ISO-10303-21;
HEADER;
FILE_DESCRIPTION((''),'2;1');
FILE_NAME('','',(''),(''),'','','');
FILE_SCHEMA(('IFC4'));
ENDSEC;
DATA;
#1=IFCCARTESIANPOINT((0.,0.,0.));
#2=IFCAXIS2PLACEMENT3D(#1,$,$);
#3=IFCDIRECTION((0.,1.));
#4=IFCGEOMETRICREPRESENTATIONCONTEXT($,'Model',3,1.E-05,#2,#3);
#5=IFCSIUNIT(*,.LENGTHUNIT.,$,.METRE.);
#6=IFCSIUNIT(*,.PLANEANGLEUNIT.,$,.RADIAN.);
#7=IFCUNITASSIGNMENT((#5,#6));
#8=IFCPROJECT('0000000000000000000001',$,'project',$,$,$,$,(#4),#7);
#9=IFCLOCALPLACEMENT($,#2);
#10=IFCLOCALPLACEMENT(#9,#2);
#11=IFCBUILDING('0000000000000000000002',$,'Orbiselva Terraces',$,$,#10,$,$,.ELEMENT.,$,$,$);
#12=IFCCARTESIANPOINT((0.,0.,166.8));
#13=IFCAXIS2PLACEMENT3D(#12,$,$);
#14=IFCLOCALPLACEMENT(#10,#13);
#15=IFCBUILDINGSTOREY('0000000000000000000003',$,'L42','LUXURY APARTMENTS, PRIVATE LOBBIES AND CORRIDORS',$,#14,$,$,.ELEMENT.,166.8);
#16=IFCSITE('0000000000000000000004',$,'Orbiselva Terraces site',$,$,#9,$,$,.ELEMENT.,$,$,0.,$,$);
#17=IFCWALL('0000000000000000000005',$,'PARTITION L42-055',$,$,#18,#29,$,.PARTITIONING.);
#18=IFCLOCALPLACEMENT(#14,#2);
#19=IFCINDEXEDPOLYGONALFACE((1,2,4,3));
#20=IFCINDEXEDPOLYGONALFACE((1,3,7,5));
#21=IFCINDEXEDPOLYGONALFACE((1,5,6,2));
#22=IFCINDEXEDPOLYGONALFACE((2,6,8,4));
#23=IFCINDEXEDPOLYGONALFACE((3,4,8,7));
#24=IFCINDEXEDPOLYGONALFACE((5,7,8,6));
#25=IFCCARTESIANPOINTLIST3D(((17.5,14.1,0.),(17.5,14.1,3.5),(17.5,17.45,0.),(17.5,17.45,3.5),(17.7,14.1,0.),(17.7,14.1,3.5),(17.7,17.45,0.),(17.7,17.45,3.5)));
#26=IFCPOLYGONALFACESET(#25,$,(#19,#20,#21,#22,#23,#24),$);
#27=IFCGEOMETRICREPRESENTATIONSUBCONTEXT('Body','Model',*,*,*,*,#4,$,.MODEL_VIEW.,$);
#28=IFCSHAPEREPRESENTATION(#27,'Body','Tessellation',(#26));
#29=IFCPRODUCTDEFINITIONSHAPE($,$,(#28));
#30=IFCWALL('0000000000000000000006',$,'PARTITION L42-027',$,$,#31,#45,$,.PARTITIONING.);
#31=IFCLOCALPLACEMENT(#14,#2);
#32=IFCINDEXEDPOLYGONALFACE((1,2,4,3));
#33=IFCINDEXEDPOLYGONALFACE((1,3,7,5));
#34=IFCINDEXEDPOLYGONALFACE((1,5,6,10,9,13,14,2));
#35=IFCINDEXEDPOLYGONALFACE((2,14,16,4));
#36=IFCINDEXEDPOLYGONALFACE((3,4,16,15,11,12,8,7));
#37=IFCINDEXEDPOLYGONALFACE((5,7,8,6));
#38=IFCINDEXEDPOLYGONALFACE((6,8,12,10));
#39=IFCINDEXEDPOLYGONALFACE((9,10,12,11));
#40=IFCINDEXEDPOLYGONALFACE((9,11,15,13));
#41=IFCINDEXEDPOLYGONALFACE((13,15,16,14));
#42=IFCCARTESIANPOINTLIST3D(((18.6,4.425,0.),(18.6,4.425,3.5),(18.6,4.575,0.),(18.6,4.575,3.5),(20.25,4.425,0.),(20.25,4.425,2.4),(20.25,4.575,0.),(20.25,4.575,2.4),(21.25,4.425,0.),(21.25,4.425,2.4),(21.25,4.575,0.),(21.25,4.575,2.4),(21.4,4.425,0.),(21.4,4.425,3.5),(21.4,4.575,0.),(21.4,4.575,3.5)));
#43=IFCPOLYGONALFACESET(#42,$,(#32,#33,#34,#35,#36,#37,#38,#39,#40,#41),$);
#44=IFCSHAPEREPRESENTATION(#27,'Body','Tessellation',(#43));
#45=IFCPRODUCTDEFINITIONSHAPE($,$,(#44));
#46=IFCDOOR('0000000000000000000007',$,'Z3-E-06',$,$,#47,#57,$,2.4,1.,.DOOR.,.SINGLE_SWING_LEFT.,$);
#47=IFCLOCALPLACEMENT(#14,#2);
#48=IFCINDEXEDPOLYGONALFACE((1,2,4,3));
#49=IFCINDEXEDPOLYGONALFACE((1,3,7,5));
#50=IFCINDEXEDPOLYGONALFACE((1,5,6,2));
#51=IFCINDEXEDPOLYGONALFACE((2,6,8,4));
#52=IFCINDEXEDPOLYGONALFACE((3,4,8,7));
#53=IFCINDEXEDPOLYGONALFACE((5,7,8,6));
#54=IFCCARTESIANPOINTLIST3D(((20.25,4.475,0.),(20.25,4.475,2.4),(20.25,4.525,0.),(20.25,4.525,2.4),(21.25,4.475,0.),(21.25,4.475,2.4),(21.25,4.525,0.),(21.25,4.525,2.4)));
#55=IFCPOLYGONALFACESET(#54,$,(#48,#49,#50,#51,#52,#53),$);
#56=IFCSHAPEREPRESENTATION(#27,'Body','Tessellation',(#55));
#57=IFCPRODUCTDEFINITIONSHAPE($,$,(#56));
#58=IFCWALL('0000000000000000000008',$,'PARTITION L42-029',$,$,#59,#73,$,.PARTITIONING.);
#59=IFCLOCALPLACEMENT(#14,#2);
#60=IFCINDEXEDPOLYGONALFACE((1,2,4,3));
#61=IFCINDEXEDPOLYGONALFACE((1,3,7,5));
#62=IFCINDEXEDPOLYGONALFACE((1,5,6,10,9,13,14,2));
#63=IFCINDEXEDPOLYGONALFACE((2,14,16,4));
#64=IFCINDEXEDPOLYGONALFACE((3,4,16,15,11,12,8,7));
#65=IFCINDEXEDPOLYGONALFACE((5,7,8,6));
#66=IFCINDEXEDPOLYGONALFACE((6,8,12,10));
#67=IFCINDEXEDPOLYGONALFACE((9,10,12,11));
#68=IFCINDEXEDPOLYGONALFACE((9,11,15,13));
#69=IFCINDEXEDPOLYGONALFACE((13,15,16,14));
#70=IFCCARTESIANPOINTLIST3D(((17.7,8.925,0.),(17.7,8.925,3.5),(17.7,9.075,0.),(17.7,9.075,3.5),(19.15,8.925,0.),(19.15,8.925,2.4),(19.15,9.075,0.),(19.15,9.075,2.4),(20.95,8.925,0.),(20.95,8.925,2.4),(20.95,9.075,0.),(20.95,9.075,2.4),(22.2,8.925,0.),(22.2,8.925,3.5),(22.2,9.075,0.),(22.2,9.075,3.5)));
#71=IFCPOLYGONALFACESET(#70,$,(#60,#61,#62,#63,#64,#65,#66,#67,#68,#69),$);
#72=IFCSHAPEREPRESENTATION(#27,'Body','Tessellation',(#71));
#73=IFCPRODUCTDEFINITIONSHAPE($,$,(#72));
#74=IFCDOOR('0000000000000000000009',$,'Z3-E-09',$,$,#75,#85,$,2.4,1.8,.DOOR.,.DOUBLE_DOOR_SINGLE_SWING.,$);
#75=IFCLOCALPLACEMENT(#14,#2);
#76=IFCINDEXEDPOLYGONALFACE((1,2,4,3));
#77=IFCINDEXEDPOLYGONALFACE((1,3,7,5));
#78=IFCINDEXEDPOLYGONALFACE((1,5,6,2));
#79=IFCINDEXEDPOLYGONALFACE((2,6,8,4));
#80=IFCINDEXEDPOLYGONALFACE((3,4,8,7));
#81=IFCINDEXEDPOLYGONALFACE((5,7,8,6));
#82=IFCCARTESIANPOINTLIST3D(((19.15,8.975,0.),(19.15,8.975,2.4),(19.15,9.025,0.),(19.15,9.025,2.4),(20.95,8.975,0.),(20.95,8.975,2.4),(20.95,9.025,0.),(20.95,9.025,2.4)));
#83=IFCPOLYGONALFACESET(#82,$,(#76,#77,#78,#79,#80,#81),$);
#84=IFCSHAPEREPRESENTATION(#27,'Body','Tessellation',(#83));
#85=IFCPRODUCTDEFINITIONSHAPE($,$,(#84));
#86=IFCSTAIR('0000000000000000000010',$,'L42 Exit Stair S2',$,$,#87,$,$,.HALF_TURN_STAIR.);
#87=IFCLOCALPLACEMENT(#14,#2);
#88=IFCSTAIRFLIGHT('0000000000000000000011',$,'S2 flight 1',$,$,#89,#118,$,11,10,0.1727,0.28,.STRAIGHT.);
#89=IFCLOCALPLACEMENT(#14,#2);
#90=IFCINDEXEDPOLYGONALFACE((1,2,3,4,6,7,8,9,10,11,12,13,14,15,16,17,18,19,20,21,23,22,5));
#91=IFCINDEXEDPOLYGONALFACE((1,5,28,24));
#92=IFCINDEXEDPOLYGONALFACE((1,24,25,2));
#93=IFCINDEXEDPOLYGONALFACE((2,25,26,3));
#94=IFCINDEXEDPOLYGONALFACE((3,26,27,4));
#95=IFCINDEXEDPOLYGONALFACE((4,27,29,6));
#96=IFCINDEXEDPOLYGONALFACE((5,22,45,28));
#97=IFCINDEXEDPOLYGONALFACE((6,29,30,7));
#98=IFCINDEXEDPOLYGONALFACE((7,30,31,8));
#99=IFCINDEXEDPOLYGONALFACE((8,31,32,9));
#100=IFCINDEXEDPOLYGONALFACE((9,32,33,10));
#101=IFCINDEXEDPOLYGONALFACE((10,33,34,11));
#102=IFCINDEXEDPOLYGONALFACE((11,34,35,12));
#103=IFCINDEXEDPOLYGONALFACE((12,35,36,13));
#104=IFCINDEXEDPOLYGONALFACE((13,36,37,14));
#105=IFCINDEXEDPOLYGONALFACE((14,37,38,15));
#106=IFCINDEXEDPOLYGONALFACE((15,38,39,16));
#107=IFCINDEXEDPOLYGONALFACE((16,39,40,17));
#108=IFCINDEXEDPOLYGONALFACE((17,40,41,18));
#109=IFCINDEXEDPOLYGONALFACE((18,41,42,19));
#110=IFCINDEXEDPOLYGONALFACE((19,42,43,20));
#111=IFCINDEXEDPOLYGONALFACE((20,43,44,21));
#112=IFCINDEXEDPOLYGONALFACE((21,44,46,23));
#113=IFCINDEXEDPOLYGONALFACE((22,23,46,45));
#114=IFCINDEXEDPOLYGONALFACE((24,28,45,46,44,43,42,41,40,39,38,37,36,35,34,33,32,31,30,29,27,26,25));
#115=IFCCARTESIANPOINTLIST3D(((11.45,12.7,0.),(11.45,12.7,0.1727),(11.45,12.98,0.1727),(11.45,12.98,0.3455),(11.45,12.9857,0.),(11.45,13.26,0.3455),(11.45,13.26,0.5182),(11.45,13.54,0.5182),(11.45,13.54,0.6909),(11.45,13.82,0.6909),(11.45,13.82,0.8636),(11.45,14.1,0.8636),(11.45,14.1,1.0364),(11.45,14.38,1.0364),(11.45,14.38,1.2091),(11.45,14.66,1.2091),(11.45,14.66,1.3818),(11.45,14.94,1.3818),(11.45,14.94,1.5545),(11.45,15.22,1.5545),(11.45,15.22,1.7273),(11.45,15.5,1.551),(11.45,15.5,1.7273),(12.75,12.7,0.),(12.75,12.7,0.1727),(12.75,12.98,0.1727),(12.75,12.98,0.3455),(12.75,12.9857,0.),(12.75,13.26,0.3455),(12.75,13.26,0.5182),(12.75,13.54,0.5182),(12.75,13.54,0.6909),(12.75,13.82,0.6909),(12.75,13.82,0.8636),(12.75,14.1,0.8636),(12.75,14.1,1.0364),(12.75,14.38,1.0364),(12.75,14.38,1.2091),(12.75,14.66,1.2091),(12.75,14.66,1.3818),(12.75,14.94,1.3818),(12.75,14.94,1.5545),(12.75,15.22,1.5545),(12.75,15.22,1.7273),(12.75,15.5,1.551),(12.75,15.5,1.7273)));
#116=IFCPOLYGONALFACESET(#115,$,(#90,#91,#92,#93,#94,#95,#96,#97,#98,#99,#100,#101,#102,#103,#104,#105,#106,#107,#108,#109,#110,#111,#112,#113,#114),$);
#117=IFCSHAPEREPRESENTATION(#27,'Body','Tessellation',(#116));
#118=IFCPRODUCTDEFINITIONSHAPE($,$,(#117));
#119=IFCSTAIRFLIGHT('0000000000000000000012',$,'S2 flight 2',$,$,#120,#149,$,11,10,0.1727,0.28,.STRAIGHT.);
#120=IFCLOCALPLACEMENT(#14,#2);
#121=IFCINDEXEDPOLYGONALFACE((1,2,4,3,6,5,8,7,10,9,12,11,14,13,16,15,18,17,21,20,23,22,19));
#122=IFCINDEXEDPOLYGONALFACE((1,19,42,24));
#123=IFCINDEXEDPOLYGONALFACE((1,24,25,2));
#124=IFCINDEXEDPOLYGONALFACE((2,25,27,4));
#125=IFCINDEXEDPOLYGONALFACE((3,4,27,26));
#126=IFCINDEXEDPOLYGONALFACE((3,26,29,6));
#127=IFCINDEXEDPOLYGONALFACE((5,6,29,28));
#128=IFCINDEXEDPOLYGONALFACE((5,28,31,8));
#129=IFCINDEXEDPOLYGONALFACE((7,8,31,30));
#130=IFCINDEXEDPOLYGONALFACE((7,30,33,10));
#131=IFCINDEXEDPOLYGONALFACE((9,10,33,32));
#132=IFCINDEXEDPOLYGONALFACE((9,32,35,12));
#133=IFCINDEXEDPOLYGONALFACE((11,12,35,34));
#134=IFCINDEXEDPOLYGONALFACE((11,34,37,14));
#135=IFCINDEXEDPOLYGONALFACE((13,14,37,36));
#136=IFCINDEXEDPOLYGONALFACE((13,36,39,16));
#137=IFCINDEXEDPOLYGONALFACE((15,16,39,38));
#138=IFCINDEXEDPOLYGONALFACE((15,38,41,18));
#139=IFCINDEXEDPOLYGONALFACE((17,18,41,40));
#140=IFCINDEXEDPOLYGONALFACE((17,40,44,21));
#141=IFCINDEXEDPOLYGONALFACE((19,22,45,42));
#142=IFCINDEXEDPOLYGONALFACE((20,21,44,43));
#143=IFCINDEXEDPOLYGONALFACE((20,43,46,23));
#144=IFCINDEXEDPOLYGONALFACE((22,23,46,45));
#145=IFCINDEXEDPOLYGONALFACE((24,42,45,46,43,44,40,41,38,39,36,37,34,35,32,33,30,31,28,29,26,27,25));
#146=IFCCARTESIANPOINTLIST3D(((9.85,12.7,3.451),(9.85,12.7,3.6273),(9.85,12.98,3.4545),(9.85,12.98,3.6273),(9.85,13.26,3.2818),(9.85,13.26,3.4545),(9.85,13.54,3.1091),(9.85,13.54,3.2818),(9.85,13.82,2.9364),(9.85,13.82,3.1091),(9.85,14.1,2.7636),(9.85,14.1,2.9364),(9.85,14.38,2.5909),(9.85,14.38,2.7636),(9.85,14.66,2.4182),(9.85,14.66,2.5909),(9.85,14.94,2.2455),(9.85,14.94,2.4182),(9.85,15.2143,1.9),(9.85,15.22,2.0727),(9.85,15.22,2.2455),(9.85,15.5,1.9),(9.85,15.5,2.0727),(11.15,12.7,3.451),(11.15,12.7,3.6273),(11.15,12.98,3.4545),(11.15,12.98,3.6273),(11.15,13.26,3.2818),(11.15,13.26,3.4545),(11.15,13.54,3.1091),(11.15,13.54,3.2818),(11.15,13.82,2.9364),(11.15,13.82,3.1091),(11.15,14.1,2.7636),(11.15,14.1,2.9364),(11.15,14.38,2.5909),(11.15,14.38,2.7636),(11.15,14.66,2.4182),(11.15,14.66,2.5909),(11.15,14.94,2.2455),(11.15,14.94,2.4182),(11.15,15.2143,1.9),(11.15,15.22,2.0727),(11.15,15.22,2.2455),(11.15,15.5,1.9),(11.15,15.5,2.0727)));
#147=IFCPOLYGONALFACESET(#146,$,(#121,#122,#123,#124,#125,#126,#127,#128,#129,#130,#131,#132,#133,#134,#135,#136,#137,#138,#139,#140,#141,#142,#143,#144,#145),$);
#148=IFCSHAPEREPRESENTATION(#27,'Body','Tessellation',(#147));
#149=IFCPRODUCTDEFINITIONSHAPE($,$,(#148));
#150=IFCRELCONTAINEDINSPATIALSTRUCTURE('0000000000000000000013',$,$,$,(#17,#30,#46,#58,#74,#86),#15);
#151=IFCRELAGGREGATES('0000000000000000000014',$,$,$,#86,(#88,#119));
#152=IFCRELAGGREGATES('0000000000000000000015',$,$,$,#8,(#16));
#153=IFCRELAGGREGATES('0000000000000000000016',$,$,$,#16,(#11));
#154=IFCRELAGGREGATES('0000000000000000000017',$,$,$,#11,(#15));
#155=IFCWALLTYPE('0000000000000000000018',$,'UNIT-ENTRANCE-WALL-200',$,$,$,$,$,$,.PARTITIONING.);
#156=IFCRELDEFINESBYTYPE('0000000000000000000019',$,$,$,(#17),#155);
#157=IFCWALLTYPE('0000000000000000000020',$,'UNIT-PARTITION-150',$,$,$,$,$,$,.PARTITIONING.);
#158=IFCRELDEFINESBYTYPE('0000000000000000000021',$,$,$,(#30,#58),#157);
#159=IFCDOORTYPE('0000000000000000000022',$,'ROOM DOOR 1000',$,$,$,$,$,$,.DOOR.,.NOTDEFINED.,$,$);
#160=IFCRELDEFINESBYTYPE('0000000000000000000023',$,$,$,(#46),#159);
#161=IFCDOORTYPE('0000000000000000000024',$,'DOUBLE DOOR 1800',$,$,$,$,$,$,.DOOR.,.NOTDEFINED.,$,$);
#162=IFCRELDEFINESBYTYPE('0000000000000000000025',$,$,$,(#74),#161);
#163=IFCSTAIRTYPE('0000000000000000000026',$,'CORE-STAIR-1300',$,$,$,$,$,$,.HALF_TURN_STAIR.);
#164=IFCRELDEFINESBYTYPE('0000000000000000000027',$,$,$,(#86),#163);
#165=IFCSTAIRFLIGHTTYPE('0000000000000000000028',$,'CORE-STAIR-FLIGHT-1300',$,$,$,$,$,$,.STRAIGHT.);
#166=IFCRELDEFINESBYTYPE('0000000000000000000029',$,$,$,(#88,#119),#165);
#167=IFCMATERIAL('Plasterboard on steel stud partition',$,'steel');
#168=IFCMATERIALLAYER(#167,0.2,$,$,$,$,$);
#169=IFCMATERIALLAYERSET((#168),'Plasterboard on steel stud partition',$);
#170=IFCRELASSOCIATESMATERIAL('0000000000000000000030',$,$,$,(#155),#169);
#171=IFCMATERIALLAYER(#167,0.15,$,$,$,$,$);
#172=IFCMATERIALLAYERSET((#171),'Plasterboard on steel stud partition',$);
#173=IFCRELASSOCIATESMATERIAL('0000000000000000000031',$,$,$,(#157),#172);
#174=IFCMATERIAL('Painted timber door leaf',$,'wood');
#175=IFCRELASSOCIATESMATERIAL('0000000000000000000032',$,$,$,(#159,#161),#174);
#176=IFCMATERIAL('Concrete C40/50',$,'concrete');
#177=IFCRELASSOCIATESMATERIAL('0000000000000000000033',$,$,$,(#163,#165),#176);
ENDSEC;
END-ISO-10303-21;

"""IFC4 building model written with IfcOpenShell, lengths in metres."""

from ifc_helpers import new_model, si_unit, direction, frame, frame_2d, origin, place, context, subcontext, project, spatial, polyline, rectangle, outline, extrude, material, layer, layer_set, type_object, element, fill, aggregate, save


model = new_model("IFC4")

# Units and contexts
model_context = context("Model", 3, precision=1e-05, world=origin(), true_north=direction((0.0, 1.0)))
body_context = subcontext(model_context, "Body", "Model", "MODEL_VIEW")
ifc_project = project(units=[si_unit("LENGTHUNIT", "METRE"), si_unit("PLANEANGLEUNIT", "RADIAN")], contexts=[model_context])

# Site, building, storey
site_placement = place(None, origin())
site = spatial("IfcSite", under=ifc_project, at=site_placement, Name="Orbiselva Terraces site", CompositionType="ELEMENT", RefElevation=0.0)
building_placement = place(site_placement, origin())
building = spatial("IfcBuilding", under=site, at=building_placement, Name="Orbiselva Terraces", CompositionType="ELEMENT")
storey_placement = place(building_placement, frame((0.0, 0.0, 166.8)))
storey = spatial("IfcBuildingStorey", under=building, at=storey_placement, Name="L42", Description="LUXURY APARTMENTS, PRIVATE LOBBIES AND CORRIDORS", CompositionType="ELEMENT", Elevation=166.8)

# Shared definitions
ifc_material_1 = material(Name="Plasterboard on steel stud partition", Category="steel")
ifc_layer_1 = layer(ifc_material_1, 0.2)
ifc_layer_set_1 = layer_set([ifc_layer_1], Name="Plasterboard on steel stud partition")
wall_type_1 = type_object("IfcWallType", Name="UNIT-ENTRANCE-WALL-200", PredefinedType="PARTITIONING", material=ifc_layer_set_1)
ifc_material_2 = material(Name="Painted timber door leaf", Category="wood")

# Wall
wall_1_placement = place(storey_placement, frame((17.6, 14.1, 0.0), z_axis=(0.0, 0.0, 1.0), x_axis=(0.0, 1.0, 0.0)))
element("IfcWall", 1, at=wall_1_placement, inside=storey, type_object=wall_type_1, Name="PARTITION L42-055", PredefinedType="PARTITIONING", context=body_context, shape_type="SweptSolid", body=[
    extrude(rectangle(XDim=3.35, YDim=0.2, at=frame_2d((1.675, 0.0))), origin(), (0.0, 0.0, 1.0), 3.5),
])

# Walls, openings, doors
ifc_layer_2 = layer(ifc_material_1, 0.15)
ifc_layer_set_2 = layer_set([ifc_layer_2], Name="Plasterboard on steel stud partition")
wall_type_2 = type_object("IfcWallType", Name="UNIT-PARTITION-150", PredefinedType="PARTITIONING", material=ifc_layer_set_2)
wall_2_placement = place(storey_placement, frame((21.4, 4.5, 0.0), z_axis=(0.0, 0.0, 1.0), x_axis=(-1.0, 0.0, 0.0)))
wall_2 = element("IfcWall", 2, at=wall_2_placement, inside=storey, type_object=wall_type_2, Name="PARTITION L42-027", PredefinedType="PARTITIONING", context=body_context, shape_type="SweptSolid", body=[
    extrude(rectangle(XDim=2.8, YDim=0.15, at=frame_2d((1.4, 0.0))), origin(), (0.0, 0.0, 1.0), 3.5),
])
opening_1_placement = place(wall_2_placement, frame((0.15, 0.0, 0.0)))
opening_1 = element("IfcOpeningElement", 3, at=opening_1_placement, cuts=wall_2, PredefinedType="OPENING", context=body_context, shape_type="SweptSolid", body=[
    extrude(rectangle(XDim=1.0, YDim=2.4, at=frame_2d((0.5, 1.2))), frame((0.0, 0.085, 0.0), z_axis=(0.0, -1.0, 0.0), x_axis=(1.0, 0.0, 0.0)), (0.0, 0.0, 1.0), 0.17),
])
door_type_1 = type_object("IfcDoorType", Name="ROOM DOOR 1000", OperationType="NOTDEFINED", PredefinedType="DOOR", material=ifc_material_2)
door_1_placement = place(opening_1_placement, origin())
door_1 = element("IfcDoor", 4, at=door_1_placement, inside=storey, type_object=door_type_1, Name="Z3-E-06", OperationType="SINGLE_SWING_LEFT", OverallHeight=2.4, OverallWidth=1.0, PredefinedType="DOOR", context=body_context, shape_type="SweptSolid", body=[
    extrude(rectangle(XDim=1.0, YDim=2.4, at=frame_2d((0.5, 1.2))), frame((0.0, 0.025, 0.0), z_axis=(0.0, -1.0, 0.0), x_axis=(1.0, 0.0, 0.0)), (0.0, 0.0, 1.0), 0.05),
])
fill(opening_1, door_1)
wall_3_placement = place(storey_placement, frame((17.7, 9.0, 0.0), z_axis=(0.0, 0.0, 1.0), x_axis=(1.0, 0.0, 0.0)))
wall_3 = element("IfcWall", 5, at=wall_3_placement, inside=storey, type_object=wall_type_2, Name="PARTITION L42-029", PredefinedType="PARTITIONING", context=body_context, shape_type="SweptSolid", body=[
    extrude(rectangle(XDim=4.5, YDim=0.15, at=frame_2d((2.25, 0.0))), origin(), (0.0, 0.0, 1.0), 3.5),
])
opening_2_placement = place(wall_3_placement, frame((1.45, 0.0, 0.0)))
opening_2 = element("IfcOpeningElement", 6, at=opening_2_placement, cuts=wall_3, PredefinedType="OPENING", context=body_context, shape_type="SweptSolid", body=[
    extrude(rectangle(XDim=1.8, YDim=2.4, at=frame_2d((0.9, 1.2))), frame((0.0, 0.085, 0.0), z_axis=(0.0, -1.0, 0.0), x_axis=(1.0, 0.0, 0.0)), (0.0, 0.0, 1.0), 0.17),
])
door_type_2 = type_object("IfcDoorType", Name="DOUBLE DOOR 1800", OperationType="NOTDEFINED", PredefinedType="DOOR", material=ifc_material_2)
door_2_placement = place(opening_2_placement, origin())
door_2 = element("IfcDoor", 7, at=door_2_placement, inside=storey, type_object=door_type_2, Name="Z3-E-09", OperationType="DOUBLE_DOOR_SINGLE_SWING", OverallHeight=2.4, OverallWidth=1.8, PredefinedType="DOOR", context=body_context, shape_type="SweptSolid", body=[
    extrude(rectangle(XDim=1.8, YDim=2.4, at=frame_2d((0.9, 1.2))), frame((0.0, 0.025, 0.0), z_axis=(0.0, -1.0, 0.0), x_axis=(1.0, 0.0, 0.0)), (0.0, 0.0, 1.0), 0.05),
])
fill(opening_2, door_2)

# Stair, stair flights
ifc_material_3 = material(Name="Concrete C40/50", Category="concrete")
stair_type = type_object("IfcStairType", Name="CORE-STAIR-1300", PredefinedType="HALF_TURN_STAIR", material=ifc_material_3)
stair_placement = place(storey_placement, origin())
stair = element("IfcStair", 8, at=stair_placement, inside=storey, type_object=stair_type, Name="L42 Exit Stair S2", PredefinedType="HALF_TURN_STAIR")
stair_flight_type = type_object("IfcStairFlightType", Name="CORE-STAIR-FLIGHT-1300", PredefinedType="STRAIGHT", material=ifc_material_3)
stair_flight_1_placement = place(storey_placement, frame((12.1, 12.7, 0.0), z_axis=(0.0, 0.0, 1.0), x_axis=(0.0, 1.0, 0.0)))
stair_flight_1 = element("IfcStairFlight", 9, at=stair_flight_1_placement, type_object=stair_flight_type, Name="S2 flight 1", NumberOfRisers=11, NumberOfTreads=10, PredefinedType="STRAIGHT", RiserHeight=0.1727, TreadLength=0.28, context=body_context, shape_type="SweptSolid", body=[
    extrude(outline(polyline([(0.0, 0.0), (0.0, 0.1727), (0.28, 0.1727), (0.28, 0.3455), (0.56, 0.3455), (0.56, 0.5182), (0.84, 0.5182), (0.84, 0.6909), (1.12, 0.6909), (1.12, 0.8636), (1.4, 0.8636), (1.4, 1.0364), (1.68, 1.0364), (1.68, 1.2091), (1.96, 1.2091), (1.96, 1.3818), (2.24, 1.3818), (2.24, 1.5545), (2.52, 1.5545), (2.52, 1.7273), (2.8, 1.7273), (2.8, 1.9), (2.8, 1.551), (0.2857, 0.0), (0.0, 0.0)])), frame((0.0, 0.65, 0.0), z_axis=(0.0, -1.0, 0.0), x_axis=(1.0, 0.0, 0.0)), (0.0, 0.0, 1.0), 1.3),
])
stair_flight_2_placement = place(storey_placement, frame((10.5, 15.5, 1.9), z_axis=(0.0, 0.0, 1.0), x_axis=(0.0, -1.0, 0.0)))
stair_flight_2 = element("IfcStairFlight", 10, at=stair_flight_2_placement, type_object=stair_flight_type, Name="S2 flight 2", NumberOfRisers=11, NumberOfTreads=10, PredefinedType="STRAIGHT", RiserHeight=0.1727, TreadLength=0.28, context=body_context, shape_type="SweptSolid", body=[
    extrude(outline(polyline([(0.0, 0.0), (0.0, 0.1727), (0.28, 0.1727), (0.28, 0.3455), (0.56, 0.3455), (0.56, 0.5182), (0.84, 0.5182), (0.84, 0.6909), (1.12, 0.6909), (1.12, 0.8636), (1.4, 0.8636), (1.4, 1.0364), (1.68, 1.0364), (1.68, 1.2091), (1.96, 1.2091), (1.96, 1.3818), (2.24, 1.3818), (2.24, 1.5545), (2.52, 1.5545), (2.52, 1.7273), (2.8, 1.7273), (2.8, 1.9), (2.8, 1.551), (0.2857, 0.0), (0.0, 0.0)])), frame((0.0, 0.65, 0.0), z_axis=(0.0, -1.0, 0.0), x_axis=(1.0, 0.0, 0.0)), (0.0, 0.0, 1.0), 1.3),
])
aggregate(stair, [stair_flight_1, stair_flight_2])

save(model, "model.ifc")
